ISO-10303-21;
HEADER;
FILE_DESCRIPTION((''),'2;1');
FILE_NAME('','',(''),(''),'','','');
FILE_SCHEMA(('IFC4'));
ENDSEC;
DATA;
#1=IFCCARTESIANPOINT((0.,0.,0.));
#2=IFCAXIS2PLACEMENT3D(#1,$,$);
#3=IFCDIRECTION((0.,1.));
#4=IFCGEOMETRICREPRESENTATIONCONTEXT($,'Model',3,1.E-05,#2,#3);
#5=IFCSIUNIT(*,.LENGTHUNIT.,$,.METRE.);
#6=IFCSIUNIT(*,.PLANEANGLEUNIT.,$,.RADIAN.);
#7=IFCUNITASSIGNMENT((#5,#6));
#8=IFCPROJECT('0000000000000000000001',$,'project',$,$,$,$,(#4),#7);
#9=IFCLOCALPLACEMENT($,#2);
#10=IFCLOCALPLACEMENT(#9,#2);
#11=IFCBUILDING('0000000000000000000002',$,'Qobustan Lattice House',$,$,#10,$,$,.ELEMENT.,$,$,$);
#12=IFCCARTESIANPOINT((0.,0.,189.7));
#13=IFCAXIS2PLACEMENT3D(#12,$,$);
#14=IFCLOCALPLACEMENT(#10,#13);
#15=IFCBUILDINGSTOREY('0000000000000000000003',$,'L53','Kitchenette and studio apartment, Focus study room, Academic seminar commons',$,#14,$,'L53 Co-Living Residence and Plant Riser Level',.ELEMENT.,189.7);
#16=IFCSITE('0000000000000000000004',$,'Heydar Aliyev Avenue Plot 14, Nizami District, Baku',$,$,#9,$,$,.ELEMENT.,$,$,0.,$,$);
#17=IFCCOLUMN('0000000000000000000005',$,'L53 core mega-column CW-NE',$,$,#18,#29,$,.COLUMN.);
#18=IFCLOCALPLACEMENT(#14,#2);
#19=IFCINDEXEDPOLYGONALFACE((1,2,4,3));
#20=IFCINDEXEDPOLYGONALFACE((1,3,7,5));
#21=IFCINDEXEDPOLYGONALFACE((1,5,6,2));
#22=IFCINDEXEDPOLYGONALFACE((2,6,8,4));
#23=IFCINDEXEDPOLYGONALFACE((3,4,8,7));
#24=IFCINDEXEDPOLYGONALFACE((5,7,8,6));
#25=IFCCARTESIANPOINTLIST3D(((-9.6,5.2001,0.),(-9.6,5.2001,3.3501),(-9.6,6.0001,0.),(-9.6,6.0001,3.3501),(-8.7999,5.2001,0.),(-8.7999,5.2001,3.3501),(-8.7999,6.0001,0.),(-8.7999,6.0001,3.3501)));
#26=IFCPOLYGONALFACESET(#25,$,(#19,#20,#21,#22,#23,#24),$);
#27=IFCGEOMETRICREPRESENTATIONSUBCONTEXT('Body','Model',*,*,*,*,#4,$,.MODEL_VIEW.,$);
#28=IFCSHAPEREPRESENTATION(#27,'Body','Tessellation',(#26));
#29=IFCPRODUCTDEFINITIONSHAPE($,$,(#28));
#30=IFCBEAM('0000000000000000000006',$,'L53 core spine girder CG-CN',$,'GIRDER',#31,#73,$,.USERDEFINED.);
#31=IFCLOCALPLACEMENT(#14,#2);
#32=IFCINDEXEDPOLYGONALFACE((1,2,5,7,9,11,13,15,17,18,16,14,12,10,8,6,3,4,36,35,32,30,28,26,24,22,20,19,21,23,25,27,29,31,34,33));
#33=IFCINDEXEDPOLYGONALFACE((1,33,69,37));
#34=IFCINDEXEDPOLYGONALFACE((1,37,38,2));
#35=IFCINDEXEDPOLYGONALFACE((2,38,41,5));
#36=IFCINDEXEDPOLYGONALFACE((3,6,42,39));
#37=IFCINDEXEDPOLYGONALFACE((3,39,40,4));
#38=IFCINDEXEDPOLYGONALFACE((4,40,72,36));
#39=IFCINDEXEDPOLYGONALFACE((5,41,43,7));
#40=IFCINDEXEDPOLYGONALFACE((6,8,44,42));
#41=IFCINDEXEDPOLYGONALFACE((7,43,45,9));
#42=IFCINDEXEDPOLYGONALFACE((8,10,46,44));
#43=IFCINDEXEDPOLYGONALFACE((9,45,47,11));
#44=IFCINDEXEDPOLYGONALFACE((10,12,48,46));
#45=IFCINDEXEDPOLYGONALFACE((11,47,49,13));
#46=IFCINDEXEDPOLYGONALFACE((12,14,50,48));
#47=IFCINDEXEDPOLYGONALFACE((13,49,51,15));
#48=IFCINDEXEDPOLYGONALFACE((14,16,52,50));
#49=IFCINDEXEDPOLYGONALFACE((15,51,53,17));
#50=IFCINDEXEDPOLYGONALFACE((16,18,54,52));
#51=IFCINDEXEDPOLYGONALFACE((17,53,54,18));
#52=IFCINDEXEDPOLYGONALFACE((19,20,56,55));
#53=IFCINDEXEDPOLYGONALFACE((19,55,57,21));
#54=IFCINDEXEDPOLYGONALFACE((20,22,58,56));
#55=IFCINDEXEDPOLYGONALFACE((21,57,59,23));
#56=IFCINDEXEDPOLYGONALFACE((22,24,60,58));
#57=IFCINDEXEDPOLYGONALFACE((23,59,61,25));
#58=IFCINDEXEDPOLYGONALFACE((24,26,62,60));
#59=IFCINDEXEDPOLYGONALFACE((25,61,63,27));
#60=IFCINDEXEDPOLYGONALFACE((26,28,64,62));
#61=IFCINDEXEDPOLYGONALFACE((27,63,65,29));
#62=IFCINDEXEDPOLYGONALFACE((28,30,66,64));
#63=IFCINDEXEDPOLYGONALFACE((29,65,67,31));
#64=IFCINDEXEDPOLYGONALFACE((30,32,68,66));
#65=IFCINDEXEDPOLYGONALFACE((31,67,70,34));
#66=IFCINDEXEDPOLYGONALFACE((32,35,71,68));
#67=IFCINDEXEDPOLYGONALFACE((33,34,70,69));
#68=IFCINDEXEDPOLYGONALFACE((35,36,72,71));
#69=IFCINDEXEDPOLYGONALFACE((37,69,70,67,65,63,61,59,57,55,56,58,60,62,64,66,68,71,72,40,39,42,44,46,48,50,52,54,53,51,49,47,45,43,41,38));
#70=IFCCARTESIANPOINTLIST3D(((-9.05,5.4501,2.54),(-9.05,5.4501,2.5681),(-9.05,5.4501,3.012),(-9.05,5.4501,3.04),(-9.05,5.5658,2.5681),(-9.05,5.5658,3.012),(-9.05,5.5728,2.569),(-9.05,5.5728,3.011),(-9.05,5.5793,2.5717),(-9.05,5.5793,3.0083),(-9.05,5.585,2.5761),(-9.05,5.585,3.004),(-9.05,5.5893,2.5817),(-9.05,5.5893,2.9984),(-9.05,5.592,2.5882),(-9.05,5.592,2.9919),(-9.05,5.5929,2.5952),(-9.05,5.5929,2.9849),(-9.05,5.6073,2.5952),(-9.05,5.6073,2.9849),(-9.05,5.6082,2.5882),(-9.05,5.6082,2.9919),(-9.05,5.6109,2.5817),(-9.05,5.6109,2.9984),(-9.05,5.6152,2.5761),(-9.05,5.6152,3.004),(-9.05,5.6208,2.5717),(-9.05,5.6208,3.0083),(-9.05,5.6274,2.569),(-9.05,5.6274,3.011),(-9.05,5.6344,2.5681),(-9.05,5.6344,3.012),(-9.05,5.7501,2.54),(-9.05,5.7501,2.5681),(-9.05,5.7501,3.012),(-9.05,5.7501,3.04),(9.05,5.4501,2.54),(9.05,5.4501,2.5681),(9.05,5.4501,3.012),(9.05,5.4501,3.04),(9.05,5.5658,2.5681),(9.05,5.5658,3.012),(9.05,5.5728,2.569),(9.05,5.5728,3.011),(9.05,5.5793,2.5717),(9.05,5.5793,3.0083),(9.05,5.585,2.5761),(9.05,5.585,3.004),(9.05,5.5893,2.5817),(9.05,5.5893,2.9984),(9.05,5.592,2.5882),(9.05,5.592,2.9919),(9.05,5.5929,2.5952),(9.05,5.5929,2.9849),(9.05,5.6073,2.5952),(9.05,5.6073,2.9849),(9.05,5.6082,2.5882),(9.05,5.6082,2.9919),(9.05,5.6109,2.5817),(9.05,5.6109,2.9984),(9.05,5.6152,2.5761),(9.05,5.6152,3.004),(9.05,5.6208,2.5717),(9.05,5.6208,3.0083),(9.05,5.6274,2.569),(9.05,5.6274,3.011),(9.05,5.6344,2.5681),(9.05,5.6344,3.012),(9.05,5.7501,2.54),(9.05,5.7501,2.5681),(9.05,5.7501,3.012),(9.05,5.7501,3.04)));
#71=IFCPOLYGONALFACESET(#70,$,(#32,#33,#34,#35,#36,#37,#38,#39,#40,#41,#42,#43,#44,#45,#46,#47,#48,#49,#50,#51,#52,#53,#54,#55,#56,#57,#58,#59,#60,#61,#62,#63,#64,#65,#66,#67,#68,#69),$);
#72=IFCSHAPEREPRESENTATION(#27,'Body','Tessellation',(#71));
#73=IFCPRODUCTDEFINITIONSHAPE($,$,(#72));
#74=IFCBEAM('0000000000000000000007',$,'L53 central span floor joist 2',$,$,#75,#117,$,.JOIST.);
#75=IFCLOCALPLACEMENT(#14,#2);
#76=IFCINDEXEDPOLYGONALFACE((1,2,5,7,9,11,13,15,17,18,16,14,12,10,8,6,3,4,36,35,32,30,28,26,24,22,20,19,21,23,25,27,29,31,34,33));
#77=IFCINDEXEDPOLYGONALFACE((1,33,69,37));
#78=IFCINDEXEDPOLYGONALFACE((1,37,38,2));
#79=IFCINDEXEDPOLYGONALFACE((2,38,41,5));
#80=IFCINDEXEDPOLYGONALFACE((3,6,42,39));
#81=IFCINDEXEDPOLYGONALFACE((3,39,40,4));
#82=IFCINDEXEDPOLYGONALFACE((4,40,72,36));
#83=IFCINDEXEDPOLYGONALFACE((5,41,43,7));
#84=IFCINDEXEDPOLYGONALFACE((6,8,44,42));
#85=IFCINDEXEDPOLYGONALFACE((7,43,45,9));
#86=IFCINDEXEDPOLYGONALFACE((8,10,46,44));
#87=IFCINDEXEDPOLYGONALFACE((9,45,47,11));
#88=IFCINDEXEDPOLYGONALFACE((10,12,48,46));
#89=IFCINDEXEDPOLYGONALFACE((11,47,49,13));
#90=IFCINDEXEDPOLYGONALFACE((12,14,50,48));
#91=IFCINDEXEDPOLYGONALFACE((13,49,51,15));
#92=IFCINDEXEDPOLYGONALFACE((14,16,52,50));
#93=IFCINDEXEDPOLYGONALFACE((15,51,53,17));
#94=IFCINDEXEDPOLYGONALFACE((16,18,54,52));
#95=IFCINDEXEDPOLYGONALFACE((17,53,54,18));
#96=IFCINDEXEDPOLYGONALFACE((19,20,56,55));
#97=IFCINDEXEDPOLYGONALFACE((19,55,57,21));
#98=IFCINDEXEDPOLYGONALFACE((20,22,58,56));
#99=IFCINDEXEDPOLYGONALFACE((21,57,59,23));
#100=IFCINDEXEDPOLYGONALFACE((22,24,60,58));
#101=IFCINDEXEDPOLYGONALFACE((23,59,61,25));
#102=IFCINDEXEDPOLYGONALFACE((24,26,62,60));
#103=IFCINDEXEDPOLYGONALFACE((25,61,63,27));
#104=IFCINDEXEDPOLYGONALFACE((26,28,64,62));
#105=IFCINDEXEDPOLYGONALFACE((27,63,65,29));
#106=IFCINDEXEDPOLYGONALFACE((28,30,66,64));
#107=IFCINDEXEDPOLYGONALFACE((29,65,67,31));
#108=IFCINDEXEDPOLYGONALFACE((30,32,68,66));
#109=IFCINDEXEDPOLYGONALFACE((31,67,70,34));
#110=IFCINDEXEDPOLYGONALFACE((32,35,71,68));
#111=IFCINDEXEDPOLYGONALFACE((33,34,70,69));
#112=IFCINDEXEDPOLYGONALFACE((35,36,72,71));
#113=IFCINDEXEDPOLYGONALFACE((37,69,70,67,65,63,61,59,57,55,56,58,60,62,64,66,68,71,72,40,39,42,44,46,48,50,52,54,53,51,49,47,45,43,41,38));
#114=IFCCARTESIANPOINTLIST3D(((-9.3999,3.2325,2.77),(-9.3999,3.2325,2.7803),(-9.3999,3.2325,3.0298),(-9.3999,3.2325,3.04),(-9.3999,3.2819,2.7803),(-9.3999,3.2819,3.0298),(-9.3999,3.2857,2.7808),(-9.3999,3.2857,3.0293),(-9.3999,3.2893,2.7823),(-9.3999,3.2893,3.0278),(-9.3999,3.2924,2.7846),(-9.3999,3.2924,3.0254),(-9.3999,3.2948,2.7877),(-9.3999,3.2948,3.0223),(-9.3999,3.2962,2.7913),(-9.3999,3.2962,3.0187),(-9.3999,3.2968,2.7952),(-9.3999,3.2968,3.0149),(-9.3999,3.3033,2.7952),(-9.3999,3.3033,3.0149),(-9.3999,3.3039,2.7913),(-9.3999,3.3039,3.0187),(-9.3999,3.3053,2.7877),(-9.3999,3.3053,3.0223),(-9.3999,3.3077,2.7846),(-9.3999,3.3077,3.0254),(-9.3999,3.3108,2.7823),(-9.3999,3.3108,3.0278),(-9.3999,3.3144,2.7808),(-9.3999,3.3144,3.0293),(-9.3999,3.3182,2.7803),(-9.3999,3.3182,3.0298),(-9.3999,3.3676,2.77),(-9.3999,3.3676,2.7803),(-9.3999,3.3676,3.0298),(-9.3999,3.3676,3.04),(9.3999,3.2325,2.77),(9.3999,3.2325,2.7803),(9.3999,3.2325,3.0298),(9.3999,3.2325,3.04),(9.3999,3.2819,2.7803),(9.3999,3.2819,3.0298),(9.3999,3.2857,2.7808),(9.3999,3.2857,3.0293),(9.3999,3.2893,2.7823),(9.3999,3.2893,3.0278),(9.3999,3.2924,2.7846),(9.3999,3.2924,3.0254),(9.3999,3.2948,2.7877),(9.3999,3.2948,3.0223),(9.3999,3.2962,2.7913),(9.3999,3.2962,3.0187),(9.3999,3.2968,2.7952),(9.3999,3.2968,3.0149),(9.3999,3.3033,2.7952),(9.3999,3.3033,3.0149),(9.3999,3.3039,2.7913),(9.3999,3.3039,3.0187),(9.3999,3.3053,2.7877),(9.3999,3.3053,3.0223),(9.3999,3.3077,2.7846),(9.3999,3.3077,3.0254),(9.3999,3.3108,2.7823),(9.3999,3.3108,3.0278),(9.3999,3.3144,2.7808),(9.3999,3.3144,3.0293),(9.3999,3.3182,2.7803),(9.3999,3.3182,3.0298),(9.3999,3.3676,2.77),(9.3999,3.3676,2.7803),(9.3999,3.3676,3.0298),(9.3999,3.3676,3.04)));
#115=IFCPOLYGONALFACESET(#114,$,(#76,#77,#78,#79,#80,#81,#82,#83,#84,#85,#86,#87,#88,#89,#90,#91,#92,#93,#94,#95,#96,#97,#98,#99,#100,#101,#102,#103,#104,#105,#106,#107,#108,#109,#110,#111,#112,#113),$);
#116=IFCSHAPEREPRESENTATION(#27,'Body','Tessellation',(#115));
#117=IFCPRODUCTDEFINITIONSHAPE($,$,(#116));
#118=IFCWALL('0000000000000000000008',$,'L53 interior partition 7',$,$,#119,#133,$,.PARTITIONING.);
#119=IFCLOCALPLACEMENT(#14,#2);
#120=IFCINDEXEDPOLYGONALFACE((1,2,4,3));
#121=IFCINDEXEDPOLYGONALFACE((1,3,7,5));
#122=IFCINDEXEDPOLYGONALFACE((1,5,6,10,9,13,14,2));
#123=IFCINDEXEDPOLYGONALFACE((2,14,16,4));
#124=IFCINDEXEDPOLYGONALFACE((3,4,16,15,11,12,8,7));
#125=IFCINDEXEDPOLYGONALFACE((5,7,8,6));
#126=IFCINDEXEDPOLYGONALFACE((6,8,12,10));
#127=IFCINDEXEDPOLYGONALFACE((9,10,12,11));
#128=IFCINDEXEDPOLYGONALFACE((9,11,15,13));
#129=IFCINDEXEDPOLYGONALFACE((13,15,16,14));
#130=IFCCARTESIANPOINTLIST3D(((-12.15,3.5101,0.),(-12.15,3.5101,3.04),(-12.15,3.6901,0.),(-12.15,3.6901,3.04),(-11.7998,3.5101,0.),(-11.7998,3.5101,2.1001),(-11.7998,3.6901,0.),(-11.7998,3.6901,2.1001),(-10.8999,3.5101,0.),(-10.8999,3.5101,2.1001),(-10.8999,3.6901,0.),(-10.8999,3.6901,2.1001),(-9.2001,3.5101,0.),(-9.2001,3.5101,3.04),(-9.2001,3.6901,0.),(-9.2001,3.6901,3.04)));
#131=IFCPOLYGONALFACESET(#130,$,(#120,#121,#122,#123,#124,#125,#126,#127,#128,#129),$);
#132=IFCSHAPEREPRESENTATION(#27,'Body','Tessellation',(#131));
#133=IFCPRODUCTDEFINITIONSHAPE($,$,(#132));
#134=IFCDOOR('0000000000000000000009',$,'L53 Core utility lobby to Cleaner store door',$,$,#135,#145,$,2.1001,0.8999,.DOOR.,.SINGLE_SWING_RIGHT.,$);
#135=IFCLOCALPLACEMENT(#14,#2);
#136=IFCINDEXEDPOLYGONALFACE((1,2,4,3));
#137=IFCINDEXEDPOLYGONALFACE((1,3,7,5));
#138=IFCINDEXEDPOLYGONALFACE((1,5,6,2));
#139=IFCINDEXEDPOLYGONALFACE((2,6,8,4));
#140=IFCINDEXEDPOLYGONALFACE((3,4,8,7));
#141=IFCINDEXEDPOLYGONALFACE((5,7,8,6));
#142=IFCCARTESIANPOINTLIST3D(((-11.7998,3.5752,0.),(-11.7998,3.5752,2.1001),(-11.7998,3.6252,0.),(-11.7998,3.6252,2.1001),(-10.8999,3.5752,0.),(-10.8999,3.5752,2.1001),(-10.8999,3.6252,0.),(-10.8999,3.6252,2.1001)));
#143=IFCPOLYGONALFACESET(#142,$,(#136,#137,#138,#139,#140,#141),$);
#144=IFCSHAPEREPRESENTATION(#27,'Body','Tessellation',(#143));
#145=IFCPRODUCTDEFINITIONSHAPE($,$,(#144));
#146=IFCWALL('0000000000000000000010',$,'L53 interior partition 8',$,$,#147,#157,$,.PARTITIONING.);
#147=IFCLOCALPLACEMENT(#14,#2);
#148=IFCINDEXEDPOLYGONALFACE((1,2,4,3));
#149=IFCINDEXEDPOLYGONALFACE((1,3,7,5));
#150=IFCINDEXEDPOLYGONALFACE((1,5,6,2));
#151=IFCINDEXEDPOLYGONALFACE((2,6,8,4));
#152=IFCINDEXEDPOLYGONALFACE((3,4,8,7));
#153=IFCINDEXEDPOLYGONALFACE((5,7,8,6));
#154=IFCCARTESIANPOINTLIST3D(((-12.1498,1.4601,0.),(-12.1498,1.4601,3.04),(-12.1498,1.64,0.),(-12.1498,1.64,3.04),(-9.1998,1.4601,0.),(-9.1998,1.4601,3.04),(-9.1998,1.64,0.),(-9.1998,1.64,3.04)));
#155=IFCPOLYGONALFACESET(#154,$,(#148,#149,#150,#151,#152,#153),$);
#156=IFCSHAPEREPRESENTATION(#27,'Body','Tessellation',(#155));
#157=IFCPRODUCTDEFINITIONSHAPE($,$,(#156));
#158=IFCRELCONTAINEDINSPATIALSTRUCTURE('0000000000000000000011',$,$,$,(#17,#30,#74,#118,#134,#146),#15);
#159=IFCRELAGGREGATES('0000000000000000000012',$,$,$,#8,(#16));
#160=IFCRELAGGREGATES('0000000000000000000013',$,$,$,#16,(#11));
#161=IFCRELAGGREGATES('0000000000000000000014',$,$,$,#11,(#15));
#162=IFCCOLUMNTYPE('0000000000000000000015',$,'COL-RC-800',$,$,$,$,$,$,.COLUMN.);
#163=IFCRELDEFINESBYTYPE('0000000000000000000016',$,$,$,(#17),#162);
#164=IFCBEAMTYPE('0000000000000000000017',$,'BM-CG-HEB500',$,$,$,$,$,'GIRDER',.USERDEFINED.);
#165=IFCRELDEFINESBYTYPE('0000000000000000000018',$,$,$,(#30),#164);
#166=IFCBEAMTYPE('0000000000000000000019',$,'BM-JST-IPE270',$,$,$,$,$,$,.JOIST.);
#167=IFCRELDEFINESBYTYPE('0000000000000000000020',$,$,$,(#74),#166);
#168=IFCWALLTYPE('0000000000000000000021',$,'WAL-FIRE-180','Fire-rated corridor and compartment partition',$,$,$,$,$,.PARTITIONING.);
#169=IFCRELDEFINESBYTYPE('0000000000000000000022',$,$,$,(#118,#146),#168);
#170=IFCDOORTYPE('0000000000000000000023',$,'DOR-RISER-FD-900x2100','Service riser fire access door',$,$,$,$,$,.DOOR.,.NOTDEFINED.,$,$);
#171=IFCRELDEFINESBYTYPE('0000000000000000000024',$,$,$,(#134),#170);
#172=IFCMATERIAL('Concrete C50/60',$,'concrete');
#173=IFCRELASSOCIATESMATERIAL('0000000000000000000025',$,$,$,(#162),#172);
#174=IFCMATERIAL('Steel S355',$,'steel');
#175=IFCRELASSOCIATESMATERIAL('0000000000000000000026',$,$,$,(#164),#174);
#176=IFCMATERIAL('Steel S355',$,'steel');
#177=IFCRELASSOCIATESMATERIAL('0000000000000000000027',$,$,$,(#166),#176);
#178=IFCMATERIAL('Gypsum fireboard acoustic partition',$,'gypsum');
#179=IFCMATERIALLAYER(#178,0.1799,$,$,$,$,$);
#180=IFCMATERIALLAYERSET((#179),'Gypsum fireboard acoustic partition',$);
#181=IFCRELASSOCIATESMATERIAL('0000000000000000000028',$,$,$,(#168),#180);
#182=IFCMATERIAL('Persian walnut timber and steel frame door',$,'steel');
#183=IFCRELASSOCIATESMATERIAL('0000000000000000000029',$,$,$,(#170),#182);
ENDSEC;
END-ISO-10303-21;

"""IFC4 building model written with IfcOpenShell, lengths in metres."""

from ifc_helpers import new_model, si_unit, direction, frame, frame_2d, origin, origin_2d, place, context, subcontext, project, spatial, rectangle, i_section, extrude, material, layer, layer_set, material_profile, profile_set, type_object, element, fill, save


model = new_model("IFC4")

# Units and contexts
model_context = context("Model", 3, precision=1e-05, world=origin(), true_north=direction((0.0, 1.0)))
body_context = subcontext(model_context, "Body", "Model", "MODEL_VIEW")
ifc_project = project(units=[si_unit("LENGTHUNIT", "METRE"), si_unit("PLANEANGLEUNIT", "RADIAN")], contexts=[model_context])

# Site, building, storey
site_placement = place(None, origin())
site = spatial("IfcSite", under=ifc_project, at=site_placement, Name="Heydar Aliyev Avenue Plot 14, Nizami District, Baku", CompositionType="ELEMENT", RefElevation=0.0)
building_placement = place(site_placement, origin())
building = spatial("IfcBuilding", under=site, at=building_placement, Name="Qobustan Lattice House", CompositionType="ELEMENT")
storey_placement = place(building_placement, frame((0.0, 0.0, 189.7)))
storey = spatial("IfcBuildingStorey", under=building, at=storey_placement, Name="L53", Description="Kitchenette and studio apartment, Focus study room, Academic seminar commons", LongName="L53 Co-Living Residence and Plant Riser Level", CompositionType="ELEMENT", Elevation=189.7)

# Column
ifc_material_1 = material(Name="Concrete C50/60", Category="concrete")
ifc_material_profile_1 = material_profile(ifc_material_1, rectangle(XDim=0.8, YDim=0.8, at=origin_2d()), Name="RC800x800")
ifc_profile_set_1 = profile_set([ifc_material_profile_1], Name="Concrete C50/60")
column_type = type_object("IfcColumnType", Name="COL-RC-800", PredefinedType="COLUMN", material=ifc_profile_set_1)
column_placement = place(storey_placement, frame((-9.2, 5.6001, 0.0), z_axis=(0.0, 0.0, 1.0), x_axis=(1.0, 0.0, 0.0)))
element("IfcColumn", 1, at=column_placement, inside=storey, type_object=column_type, Name="L53 core mega-column CW-NE", PredefinedType="COLUMN", context=body_context, shape_type="SweptSolid", body=[
    extrude(rectangle(XDim=0.8, YDim=0.8, at=origin_2d()), origin(), (0.0, 0.0, 1.0), 3.3501),
])

# Beams
ifc_material_2 = material(Name="Steel S355", Category="steel")
ifc_material_profile_2 = material_profile(ifc_material_2, i_section(OverallWidth=0.3, OverallDepth=0.5, WebThickness=0.0144, FlangeThickness=0.0281, FilletRadius=0.0271, at=origin_2d()), Name="HEB500")
ifc_profile_set_2 = profile_set([ifc_material_profile_2], Name="Steel S355")
beam_type_1 = type_object("IfcBeamType", Name="BM-CG-HEB500", ElementType="GIRDER", PredefinedType="USERDEFINED", material=ifc_profile_set_2)
beam_1_placement = place(storey_placement, frame((-9.05, 5.6001, 2.79), z_axis=(1.0, 0.0, 0.0), x_axis=(0.0, 1.0, 0.0)))
element("IfcBeam", 2, at=beam_1_placement, inside=storey, type_object=beam_type_1, Name="L53 core spine girder CG-CN", ObjectType="GIRDER", PredefinedType="USERDEFINED", context=body_context, shape_type="SweptSolid", body=[
    extrude(i_section(OverallWidth=0.3, OverallDepth=0.5, WebThickness=0.0144, FlangeThickness=0.0281, FilletRadius=0.0271, at=origin_2d()), origin(), (0.0, 0.0, 1.0), 18.1001),
])
ifc_material_3 = material(Name="Steel S355", Category="steel")
ifc_material_profile_3 = material_profile(ifc_material_3, i_section(OverallWidth=0.135, OverallDepth=0.27, WebThickness=0.0066, FlangeThickness=0.0103, FilletRadius=0.0149, at=origin_2d()), Name="IPE270")
ifc_profile_set_3 = profile_set([ifc_material_profile_3], Name="Steel S355")
beam_type_2 = type_object("IfcBeamType", Name="BM-JST-IPE270", PredefinedType="JOIST", material=ifc_profile_set_3)
beam_2_placement = place(storey_placement, frame((-9.3999, 3.3, 2.905), z_axis=(1.0, 0.0, 0.0), x_axis=(0.0, 1.0, 0.0)))
element("IfcBeam", 3, at=beam_2_placement, inside=storey, type_object=beam_type_2, Name="L53 central span floor joist 2", PredefinedType="JOIST", context=body_context, shape_type="SweptSolid", body=[
    extrude(i_section(OverallWidth=0.135, OverallDepth=0.27, WebThickness=0.0066, FlangeThickness=0.0103, FilletRadius=0.0149, at=origin_2d()), origin(), (0.0, 0.0, 1.0), 18.7998),
])

# Wall, opening, door
ifc_material_4 = material(Name="Gypsum fireboard acoustic partition", Category="gypsum")
ifc_layer_1 = layer(ifc_material_4, 0.1799)
ifc_layer_set_1 = layer_set([ifc_layer_1], Name="Gypsum fireboard acoustic partition")
wall_type_1 = type_object("IfcWallType", Name="WAL-FIRE-180", Description="Fire-rated corridor and compartment partition", PredefinedType="PARTITIONING", material=ifc_layer_set_1)
wall_1_placement = place(storey_placement, frame((-9.2, 3.6001, 0.0), z_axis=(0.0, 0.0, 1.0), x_axis=(-1.0, 0.0, 0.0)))
wall_1 = element("IfcWall", 4, at=wall_1_placement, inside=storey, type_object=wall_type_1, Name="L53 interior partition 7", PredefinedType="PARTITIONING", context=body_context, shape_type="SweptSolid", body=[
    extrude(rectangle(XDim=2.95, YDim=0.1799, at=frame_2d((1.4751, 0.0))), origin(), (0.0, 0.0, 1.0), 3.04),
])
opening_1_placement = place(wall_1_placement, frame((1.7, 0.0, 0.0)))
opening_1 = element("IfcOpeningElement", 5, at=opening_1_placement, cuts=wall_1, PredefinedType="OPENING", context=body_context, shape_type="SweptSolid", body=[
    extrude(rectangle(XDim=0.8999, YDim=2.1001, at=frame_2d((0.45, 1.05))), frame((0.0, 0.0999, 0.0), z_axis=(0.0, -1.0, 0.0), x_axis=(1.0, 0.0, 0.0)), (0.0, 0.0, 1.0), 0.2),
])
ifc_material_5 = material(Name="Persian walnut timber and steel frame door", Category="steel")
door_type_1 = type_object("IfcDoorType", Name="DOR-RISER-FD-900x2100", Description="Service riser fire access door", OperationType="NOTDEFINED", PredefinedType="DOOR", material=ifc_material_5)
door_1_placement = place(opening_1_placement, origin())
door_1 = element("IfcDoor", 6, at=door_1_placement, inside=storey, type_object=door_type_1, Name="L53 Core utility lobby to Cleaner store door", OperationType="SINGLE_SWING_RIGHT", OverallHeight=2.1001, OverallWidth=0.8999, PredefinedType="DOOR", context=body_context, shape_type="SweptSolid", body=[
    extrude(rectangle(XDim=0.8999, YDim=2.1001, at=frame_2d((0.45, 1.05))), frame((0.0, 0.0249, 0.0), z_axis=(0.0, -1.0, 0.0), x_axis=(1.0, 0.0, 0.0)), (0.0, 0.0, 1.0), 0.05),
])
fill(opening_1, door_1)

# Wall
wall_2_placement = place(storey_placement, frame((-12.1499, 1.55, 0.0), z_axis=(0.0, 0.0, 1.0), x_axis=(1.0, 0.0, 0.0)))
element("IfcWall", 7, at=wall_2_placement, inside=storey, type_object=wall_type_1, Name="L53 interior partition 8", PredefinedType="PARTITIONING", context=body_context, shape_type="SweptSolid", body=[
    extrude(rectangle(XDim=2.95, YDim=0.1799, at=frame_2d((1.4751, 0.0))), origin(), (0.0, 0.0, 1.0), 3.04),
])

save(model, "model.ifc")
